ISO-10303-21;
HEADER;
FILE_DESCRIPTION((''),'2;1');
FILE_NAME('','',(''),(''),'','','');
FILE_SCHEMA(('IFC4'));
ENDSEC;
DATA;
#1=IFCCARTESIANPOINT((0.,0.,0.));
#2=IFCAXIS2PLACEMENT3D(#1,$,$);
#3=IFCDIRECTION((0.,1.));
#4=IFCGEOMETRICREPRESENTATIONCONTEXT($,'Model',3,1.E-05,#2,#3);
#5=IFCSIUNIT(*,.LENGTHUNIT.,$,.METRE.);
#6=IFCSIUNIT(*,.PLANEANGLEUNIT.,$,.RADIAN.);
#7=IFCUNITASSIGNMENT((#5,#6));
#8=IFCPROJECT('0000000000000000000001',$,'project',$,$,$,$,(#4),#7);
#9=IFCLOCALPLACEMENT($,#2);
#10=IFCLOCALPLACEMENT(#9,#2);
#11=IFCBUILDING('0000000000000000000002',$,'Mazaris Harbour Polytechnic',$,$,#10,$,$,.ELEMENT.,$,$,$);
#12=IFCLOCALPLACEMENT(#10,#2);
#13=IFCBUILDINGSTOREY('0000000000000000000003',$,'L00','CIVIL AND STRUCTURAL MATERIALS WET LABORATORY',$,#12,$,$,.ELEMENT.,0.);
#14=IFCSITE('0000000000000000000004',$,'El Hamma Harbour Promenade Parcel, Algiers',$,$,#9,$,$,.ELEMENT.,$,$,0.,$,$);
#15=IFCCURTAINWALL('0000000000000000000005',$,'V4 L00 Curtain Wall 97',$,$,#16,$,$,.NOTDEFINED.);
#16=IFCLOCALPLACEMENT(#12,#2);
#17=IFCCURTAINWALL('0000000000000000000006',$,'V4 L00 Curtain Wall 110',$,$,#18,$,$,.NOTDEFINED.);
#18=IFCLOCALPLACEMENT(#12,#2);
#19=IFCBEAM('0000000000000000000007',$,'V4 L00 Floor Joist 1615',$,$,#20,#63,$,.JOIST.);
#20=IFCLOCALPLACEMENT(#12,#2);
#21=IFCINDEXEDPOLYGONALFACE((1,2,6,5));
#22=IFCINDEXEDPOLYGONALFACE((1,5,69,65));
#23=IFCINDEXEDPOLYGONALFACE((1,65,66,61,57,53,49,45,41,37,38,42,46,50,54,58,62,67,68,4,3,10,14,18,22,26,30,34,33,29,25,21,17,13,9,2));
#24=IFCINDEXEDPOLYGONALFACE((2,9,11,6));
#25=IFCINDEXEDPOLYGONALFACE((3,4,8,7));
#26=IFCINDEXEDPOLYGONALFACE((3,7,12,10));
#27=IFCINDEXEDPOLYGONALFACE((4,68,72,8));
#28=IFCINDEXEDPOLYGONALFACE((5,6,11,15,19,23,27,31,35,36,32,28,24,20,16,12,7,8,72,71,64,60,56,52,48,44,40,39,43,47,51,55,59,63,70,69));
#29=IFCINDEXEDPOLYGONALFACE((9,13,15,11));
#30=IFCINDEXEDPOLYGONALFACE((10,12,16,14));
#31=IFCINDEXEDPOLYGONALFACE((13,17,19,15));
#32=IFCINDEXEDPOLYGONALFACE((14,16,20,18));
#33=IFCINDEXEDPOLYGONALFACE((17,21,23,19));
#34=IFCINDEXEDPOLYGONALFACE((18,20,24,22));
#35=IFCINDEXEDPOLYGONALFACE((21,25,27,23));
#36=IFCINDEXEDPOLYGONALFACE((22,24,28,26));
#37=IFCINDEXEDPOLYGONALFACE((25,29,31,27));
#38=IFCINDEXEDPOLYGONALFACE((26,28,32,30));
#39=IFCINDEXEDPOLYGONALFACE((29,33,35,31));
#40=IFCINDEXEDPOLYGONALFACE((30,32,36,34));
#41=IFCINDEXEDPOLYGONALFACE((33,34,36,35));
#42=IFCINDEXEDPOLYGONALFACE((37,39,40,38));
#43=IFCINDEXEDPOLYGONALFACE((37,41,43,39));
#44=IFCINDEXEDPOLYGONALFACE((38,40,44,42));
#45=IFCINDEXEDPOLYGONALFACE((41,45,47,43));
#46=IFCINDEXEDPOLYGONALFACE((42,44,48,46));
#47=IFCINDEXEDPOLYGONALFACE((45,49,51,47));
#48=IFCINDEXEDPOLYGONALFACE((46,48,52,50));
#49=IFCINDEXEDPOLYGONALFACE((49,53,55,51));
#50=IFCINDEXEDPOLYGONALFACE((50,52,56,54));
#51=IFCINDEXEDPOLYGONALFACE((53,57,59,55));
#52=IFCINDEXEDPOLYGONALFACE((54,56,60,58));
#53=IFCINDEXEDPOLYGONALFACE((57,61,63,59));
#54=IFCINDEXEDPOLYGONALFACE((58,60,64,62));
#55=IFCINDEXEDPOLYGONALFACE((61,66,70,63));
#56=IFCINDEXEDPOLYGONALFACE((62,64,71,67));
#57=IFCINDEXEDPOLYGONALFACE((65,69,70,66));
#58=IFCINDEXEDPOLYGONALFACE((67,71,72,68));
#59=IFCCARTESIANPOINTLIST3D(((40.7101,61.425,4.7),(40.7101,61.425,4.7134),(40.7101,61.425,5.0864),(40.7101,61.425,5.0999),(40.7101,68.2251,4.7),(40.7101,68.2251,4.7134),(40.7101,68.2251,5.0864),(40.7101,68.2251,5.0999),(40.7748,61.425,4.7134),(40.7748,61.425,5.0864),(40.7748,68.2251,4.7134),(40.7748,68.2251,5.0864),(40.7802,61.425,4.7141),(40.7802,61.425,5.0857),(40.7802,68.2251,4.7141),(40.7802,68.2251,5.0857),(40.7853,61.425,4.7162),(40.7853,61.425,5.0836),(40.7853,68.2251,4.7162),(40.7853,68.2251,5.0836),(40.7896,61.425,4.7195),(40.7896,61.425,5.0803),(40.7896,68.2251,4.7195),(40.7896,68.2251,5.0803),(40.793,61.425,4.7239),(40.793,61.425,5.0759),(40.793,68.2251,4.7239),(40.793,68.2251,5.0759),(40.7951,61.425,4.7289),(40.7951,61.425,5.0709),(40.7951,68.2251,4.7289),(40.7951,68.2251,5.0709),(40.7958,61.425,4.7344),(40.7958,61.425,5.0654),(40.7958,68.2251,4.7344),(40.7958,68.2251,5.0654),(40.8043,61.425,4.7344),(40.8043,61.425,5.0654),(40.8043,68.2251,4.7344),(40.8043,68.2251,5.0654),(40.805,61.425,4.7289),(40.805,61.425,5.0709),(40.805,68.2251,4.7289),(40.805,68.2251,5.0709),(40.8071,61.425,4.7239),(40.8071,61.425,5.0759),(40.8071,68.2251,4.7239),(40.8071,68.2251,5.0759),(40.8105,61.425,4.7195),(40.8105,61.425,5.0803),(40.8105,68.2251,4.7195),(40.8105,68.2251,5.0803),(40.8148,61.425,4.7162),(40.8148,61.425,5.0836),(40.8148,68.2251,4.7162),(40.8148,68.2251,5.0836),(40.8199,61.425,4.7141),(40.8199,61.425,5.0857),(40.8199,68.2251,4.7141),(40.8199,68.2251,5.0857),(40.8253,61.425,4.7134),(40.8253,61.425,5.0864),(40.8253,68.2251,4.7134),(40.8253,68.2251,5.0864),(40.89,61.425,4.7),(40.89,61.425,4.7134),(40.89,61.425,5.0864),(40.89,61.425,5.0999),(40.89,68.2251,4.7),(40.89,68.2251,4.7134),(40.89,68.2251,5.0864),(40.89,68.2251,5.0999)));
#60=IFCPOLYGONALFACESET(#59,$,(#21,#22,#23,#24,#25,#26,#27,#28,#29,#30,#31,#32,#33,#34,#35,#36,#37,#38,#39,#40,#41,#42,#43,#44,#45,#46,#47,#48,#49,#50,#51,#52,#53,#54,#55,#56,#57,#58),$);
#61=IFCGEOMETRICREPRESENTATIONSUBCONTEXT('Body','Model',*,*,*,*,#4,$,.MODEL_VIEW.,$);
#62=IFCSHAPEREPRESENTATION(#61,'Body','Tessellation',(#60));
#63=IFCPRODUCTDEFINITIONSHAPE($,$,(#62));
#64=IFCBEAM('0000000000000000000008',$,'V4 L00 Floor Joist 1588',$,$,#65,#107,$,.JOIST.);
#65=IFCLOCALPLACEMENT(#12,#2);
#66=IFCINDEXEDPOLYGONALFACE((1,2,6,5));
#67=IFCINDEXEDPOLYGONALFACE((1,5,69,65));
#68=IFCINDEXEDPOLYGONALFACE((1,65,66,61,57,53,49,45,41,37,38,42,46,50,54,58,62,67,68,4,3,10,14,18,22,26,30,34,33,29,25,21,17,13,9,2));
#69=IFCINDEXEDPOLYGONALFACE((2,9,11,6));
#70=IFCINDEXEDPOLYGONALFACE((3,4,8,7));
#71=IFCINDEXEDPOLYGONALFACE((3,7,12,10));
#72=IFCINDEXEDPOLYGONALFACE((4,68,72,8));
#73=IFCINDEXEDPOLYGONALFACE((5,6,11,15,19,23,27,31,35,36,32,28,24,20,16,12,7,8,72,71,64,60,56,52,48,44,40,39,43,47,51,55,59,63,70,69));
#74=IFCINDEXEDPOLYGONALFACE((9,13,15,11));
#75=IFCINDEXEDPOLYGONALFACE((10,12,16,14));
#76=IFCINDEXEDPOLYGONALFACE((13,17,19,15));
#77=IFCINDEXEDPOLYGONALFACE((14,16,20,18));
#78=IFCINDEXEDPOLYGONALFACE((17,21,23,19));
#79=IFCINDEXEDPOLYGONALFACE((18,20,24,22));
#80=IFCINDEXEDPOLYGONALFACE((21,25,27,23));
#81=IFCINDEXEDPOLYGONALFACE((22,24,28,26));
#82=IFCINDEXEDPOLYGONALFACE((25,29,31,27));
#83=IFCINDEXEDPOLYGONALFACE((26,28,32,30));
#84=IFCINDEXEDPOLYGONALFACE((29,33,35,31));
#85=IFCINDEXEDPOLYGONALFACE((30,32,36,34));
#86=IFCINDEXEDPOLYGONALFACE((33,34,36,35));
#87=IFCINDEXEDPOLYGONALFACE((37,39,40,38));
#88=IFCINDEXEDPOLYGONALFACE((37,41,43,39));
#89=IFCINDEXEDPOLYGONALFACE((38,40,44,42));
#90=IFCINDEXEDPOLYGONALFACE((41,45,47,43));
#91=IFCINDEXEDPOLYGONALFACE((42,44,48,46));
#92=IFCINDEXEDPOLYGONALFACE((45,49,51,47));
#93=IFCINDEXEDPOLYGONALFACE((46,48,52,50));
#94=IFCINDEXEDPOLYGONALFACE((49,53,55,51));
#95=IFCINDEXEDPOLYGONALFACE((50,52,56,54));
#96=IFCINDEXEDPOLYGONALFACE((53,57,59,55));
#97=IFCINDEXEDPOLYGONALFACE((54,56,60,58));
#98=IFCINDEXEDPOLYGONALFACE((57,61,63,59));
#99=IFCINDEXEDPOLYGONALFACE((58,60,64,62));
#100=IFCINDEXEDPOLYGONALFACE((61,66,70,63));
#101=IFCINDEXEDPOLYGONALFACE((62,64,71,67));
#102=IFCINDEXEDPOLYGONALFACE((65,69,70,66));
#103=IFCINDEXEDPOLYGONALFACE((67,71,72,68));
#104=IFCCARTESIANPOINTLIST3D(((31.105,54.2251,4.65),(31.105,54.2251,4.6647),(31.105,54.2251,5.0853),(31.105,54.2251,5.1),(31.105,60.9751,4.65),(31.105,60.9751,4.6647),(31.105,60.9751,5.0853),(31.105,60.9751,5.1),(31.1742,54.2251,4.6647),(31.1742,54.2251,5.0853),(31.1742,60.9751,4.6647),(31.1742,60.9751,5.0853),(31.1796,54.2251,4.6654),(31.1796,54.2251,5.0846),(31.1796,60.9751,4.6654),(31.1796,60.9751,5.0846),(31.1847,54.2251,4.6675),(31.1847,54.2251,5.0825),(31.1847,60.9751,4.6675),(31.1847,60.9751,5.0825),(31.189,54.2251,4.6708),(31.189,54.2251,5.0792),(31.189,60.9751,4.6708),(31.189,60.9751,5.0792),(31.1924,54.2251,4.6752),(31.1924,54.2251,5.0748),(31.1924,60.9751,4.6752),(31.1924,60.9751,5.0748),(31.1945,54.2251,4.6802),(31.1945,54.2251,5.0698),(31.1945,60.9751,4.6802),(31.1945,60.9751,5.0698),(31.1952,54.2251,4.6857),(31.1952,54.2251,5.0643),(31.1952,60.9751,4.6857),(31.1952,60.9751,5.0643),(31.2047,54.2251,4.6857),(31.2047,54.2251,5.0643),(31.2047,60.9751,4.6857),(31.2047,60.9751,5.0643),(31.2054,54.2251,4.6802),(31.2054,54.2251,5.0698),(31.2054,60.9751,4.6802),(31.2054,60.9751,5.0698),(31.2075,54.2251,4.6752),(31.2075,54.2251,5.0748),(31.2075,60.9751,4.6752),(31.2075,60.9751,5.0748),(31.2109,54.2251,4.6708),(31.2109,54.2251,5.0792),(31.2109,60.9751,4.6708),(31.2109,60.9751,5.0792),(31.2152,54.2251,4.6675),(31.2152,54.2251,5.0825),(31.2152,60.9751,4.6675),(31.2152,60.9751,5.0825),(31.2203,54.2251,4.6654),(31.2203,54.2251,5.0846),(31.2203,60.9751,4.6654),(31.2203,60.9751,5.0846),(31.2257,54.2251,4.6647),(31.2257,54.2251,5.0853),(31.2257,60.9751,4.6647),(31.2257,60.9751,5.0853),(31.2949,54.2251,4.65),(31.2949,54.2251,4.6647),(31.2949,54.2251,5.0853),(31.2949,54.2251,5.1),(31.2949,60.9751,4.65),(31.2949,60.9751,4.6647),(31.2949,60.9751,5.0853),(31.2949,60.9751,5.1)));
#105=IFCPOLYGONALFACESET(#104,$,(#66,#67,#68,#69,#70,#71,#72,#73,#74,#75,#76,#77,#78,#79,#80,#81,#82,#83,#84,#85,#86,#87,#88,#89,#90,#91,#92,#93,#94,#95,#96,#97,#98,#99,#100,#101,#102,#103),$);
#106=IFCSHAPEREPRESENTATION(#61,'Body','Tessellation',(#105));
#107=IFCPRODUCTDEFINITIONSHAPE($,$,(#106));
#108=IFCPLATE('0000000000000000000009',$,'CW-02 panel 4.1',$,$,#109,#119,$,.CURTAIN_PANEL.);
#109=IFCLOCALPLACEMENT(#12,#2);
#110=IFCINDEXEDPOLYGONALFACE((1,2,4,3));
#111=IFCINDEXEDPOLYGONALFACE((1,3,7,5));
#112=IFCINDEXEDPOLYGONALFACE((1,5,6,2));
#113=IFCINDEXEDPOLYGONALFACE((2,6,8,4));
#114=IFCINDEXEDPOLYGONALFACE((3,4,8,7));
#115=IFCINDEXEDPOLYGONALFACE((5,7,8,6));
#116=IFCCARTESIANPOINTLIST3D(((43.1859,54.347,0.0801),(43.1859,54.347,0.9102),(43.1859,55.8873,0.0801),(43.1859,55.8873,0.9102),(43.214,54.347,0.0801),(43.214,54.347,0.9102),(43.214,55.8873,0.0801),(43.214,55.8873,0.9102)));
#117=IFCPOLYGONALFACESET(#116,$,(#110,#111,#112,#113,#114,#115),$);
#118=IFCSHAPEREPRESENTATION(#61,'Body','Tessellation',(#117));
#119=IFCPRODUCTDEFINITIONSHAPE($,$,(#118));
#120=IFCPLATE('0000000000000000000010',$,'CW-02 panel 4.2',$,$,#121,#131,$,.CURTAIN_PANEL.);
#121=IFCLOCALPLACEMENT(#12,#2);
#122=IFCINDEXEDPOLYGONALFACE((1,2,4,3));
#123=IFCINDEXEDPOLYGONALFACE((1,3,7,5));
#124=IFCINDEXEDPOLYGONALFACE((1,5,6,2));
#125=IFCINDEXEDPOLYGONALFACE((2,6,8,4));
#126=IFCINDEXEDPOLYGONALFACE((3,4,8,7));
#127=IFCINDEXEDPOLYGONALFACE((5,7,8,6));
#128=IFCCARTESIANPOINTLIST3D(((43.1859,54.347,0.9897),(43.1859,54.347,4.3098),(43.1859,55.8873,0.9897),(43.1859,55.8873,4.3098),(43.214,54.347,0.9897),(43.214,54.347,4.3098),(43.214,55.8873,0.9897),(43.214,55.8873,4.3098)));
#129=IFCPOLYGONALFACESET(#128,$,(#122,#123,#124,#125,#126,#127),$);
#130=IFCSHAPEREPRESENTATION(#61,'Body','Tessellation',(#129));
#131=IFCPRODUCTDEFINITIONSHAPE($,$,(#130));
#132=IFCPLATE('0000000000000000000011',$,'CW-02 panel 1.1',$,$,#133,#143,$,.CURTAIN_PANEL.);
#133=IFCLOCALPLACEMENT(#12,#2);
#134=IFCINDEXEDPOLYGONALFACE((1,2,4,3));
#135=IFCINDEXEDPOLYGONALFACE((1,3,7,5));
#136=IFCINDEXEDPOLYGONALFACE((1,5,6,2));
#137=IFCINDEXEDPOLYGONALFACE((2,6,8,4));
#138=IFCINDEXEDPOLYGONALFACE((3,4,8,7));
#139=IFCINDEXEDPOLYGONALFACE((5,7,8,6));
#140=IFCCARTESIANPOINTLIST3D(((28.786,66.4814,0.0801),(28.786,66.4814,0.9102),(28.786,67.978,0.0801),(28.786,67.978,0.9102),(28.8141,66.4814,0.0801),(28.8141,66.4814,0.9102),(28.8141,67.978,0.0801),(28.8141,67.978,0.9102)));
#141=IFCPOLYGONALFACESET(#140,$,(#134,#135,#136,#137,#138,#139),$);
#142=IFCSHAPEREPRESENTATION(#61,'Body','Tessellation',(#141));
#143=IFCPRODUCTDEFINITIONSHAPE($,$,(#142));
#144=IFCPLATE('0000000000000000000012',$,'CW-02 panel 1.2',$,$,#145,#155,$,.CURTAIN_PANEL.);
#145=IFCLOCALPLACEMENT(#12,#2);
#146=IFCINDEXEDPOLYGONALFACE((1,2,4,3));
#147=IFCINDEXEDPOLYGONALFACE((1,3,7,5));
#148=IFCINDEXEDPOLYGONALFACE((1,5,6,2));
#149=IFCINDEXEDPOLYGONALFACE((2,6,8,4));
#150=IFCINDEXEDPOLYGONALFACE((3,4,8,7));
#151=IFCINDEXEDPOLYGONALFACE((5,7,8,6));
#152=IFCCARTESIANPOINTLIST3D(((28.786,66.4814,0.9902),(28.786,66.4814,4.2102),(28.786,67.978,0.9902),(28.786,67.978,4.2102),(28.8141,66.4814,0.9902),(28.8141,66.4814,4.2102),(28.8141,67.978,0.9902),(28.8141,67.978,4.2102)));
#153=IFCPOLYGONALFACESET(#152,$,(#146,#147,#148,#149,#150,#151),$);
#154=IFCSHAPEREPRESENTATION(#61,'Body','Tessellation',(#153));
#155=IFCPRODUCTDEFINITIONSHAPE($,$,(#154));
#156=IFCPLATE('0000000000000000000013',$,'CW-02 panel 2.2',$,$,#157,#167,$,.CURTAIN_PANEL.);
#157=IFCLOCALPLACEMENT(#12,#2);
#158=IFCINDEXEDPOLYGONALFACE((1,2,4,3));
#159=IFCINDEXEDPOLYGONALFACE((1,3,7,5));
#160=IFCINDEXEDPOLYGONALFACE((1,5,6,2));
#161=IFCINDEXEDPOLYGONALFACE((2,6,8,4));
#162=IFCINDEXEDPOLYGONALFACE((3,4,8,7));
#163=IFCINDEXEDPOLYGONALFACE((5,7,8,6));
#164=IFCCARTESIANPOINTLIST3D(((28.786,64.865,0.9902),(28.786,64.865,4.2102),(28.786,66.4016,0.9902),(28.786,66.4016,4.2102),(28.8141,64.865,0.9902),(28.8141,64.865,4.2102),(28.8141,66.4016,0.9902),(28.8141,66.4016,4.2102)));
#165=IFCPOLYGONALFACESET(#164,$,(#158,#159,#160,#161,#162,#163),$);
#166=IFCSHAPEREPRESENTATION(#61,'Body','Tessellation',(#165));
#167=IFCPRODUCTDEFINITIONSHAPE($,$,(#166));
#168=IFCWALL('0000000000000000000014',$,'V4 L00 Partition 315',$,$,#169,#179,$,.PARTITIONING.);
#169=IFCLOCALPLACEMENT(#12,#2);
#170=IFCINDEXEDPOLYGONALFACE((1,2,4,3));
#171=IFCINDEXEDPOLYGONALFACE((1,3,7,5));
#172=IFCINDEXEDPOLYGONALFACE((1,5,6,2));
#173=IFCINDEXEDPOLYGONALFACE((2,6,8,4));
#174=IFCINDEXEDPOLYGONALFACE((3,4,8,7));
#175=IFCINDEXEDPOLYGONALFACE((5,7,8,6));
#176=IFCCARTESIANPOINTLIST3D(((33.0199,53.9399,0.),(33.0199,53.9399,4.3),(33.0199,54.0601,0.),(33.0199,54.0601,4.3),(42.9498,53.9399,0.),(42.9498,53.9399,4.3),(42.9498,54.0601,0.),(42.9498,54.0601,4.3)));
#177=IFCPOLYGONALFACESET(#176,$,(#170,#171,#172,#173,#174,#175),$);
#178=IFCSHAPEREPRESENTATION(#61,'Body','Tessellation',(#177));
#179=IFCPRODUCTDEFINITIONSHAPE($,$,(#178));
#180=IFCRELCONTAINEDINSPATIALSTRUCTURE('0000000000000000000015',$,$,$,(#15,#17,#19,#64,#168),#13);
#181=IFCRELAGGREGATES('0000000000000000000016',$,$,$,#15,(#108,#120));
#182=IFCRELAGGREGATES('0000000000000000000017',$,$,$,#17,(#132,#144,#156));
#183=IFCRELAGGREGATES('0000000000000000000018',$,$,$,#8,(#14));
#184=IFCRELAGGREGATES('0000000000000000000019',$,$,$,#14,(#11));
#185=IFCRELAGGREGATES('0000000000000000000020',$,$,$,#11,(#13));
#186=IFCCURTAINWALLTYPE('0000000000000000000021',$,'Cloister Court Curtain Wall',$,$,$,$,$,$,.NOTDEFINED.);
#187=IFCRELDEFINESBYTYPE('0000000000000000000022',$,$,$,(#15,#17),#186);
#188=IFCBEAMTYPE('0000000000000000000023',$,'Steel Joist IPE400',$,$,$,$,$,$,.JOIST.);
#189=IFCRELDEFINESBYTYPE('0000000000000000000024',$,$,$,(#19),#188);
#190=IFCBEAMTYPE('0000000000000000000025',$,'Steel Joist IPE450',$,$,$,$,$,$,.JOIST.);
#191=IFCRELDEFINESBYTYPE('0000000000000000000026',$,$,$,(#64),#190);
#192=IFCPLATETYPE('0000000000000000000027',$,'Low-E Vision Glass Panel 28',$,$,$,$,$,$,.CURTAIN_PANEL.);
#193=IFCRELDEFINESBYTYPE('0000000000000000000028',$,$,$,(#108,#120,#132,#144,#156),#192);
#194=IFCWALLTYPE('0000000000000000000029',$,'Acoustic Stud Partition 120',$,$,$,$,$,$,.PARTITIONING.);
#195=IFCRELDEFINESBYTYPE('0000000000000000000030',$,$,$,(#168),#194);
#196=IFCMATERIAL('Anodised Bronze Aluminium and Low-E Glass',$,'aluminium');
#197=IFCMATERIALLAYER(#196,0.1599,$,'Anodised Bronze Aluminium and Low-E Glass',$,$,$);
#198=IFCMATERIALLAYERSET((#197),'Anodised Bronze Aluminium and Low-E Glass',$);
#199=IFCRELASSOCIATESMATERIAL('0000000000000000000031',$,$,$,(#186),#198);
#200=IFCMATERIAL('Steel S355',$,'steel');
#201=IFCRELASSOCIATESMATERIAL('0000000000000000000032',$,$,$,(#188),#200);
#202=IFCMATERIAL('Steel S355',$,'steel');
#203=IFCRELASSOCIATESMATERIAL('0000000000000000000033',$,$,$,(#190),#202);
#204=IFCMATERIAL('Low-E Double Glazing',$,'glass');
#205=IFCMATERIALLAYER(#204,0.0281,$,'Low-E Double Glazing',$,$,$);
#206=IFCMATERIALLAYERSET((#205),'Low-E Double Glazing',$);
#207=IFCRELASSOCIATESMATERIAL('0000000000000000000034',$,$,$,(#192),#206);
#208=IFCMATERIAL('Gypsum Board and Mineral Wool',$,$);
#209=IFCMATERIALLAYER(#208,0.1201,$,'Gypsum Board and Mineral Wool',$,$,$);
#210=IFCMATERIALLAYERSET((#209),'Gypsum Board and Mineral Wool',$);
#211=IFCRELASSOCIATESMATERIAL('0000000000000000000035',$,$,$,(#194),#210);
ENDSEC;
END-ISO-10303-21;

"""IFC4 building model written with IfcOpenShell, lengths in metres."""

from ifc_helpers import new_model, si_unit, direction, frame, frame_2d, origin, origin_2d, place, context, subcontext, project, spatial, rectangle, i_section, extrude, material, layer, layer_set, material_profile, profile_set, type_object, element, aggregate, save


model = new_model("IFC4")

# Units and contexts
model_context = context("Model", 3, precision=1e-05, world=origin(), true_north=direction((0.0, 1.0)))
body_context = subcontext(model_context, "Body", "Model", "MODEL_VIEW")
ifc_project = project(units=[si_unit("LENGTHUNIT", "METRE"), si_unit("PLANEANGLEUNIT", "RADIAN")], contexts=[model_context])

# Site, building, storey
site_placement = place(None, origin())
site = spatial("IfcSite", under=ifc_project, at=site_placement, Name="El Hamma Harbour Promenade Parcel, Algiers", CompositionType="ELEMENT", RefElevation=0.0)
building_placement = place(site_placement, origin())
building = spatial("IfcBuilding", under=site, at=building_placement, Name="Mazaris Harbour Polytechnic", CompositionType="ELEMENT")
storey_placement = place(building_placement, origin())
storey = spatial("IfcBuildingStorey", under=building, at=storey_placement, Name="L00", Description="CIVIL AND STRUCTURAL MATERIALS WET LABORATORY", CompositionType="ELEMENT", Elevation=0.0)

# Curtain wall
ifc_material_1 = material(Name="Anodised Bronze Aluminium and Low-E Glass", Category="aluminium")
ifc_layer_1 = layer(ifc_material_1, 0.1599, Name="Anodised Bronze Aluminium and Low-E Glass")
ifc_layer_set_1 = layer_set([ifc_layer_1], Name="Anodised Bronze Aluminium and Low-E Glass")
curtain_wall_type = type_object("IfcCurtainWallType", Name="Cloister Court Curtain Wall", PredefinedType="NOTDEFINED", material=ifc_layer_set_1)
curtain_wall_1_placement = place(storey_placement, origin())
curtain_wall_1 = element("IfcCurtainWall", 1, at=curtain_wall_1_placement, inside=storey, type_object=curtain_wall_type, Name="V4 L00 Curtain Wall 97", PredefinedType="NOTDEFINED")

# Curtain wall
curtain_wall_2_placement = place(storey_placement, origin())
curtain_wall_2 = element("IfcCurtainWall", 2, at=curtain_wall_2_placement, inside=storey, type_object=curtain_wall_type, Name="V4 L00 Curtain Wall 110", PredefinedType="NOTDEFINED")

# Beams
ifc_material_2 = material(Name="Steel S355", Category="steel")
ifc_material_profile_1 = material_profile(ifc_material_2, i_section(OverallWidth=0.1799, OverallDepth=0.3999, WebThickness=0.0085, FlangeThickness=0.0134, FilletRadius=0.021, at=origin_2d()), Name="IPE 400")
ifc_profile_set_1 = profile_set([ifc_material_profile_1], Name="Steel S355")
beam_type_1 = type_object("IfcBeamType", Name="Steel Joist IPE400", PredefinedType="JOIST", material=ifc_profile_set_1)
beam_1_placement = place(storey_placement, frame((40.8, 61.425, 4.8999), z_axis=(0.0, 1.0, 0.0), x_axis=(-1.0, 0.0, 0.0)))
element("IfcBeam", 3, at=beam_1_placement, inside=storey, type_object=beam_type_1, Name="V4 L00 Floor Joist 1615", PredefinedType="JOIST", context=body_context, shape_type="SweptSolid", body=[
    extrude(i_section(OverallWidth=0.1799, OverallDepth=0.3999, WebThickness=0.0085, FlangeThickness=0.0134, FilletRadius=0.021, at=origin_2d()), origin(), (0.0, 0.0, 1.0), 6.8),
])
ifc_material_3 = material(Name="Steel S355", Category="steel")
ifc_material_profile_2 = material_profile(ifc_material_3, i_section(OverallWidth=0.1899, OverallDepth=0.45, WebThickness=0.0095, FlangeThickness=0.0146, FilletRadius=0.021, at=origin_2d()), Name="IPE 450")
ifc_profile_set_2 = profile_set([ifc_material_profile_2], Name="Steel S355")
beam_type_2 = type_object("IfcBeamType", Name="Steel Joist IPE450", PredefinedType="JOIST", material=ifc_profile_set_2)
beam_2_placement = place(storey_placement, frame((31.2, 54.2251, 4.875), z_axis=(0.0, 1.0, 0.0), x_axis=(-1.0, 0.0, 0.0)))
element("IfcBeam", 4, at=beam_2_placement, inside=storey, type_object=beam_type_2, Name="V4 L00 Floor Joist 1588", PredefinedType="JOIST", context=body_context, shape_type="SweptSolid", body=[
    extrude(i_section(OverallWidth=0.1899, OverallDepth=0.45, WebThickness=0.0095, FlangeThickness=0.0146, FilletRadius=0.021, at=origin_2d()), origin(), (0.0, 0.0, 1.0), 6.75),
])

# Plates
ifc_material_4 = material(Name="Low-E Double Glazing", Category="glass")
ifc_layer_2 = layer(ifc_material_4, 0.0281, Name="Low-E Double Glazing")
ifc_layer_set_2 = layer_set([ifc_layer_2], Name="Low-E Double Glazing")
plate_type = type_object("IfcPlateType", Name="Low-E Vision Glass Panel 28", PredefinedType="CURTAIN_PANEL", material=ifc_layer_set_2)
plate_1_placement = place(storey_placement, frame((43.2, 55.1172, 0.0801), z_axis=(0.0, 0.0, 1.0), x_axis=(0.0, -1.0, 0.0)))
plate_1 = element("IfcPlate", 5, at=plate_1_placement, type_object=plate_type, Name="CW-02 panel 4.1", PredefinedType="CURTAIN_PANEL", context=body_context, shape_type="SweptSolid", body=[
    extrude(rectangle(XDim=1.5403, YDim=0.0281, at=origin_2d()), origin(), (0.0, 0.0, 1.0), 0.8301),
])
plate_2_placement = place(storey_placement, frame((43.2, 55.1172, 0.9897), z_axis=(0.0, 0.0, 1.0), x_axis=(0.0, -1.0, 0.0)))
plate_2 = element("IfcPlate", 6, at=plate_2_placement, type_object=plate_type, Name="CW-02 panel 4.2", PredefinedType="CURTAIN_PANEL", context=body_context, shape_type="SweptSolid", body=[
    extrude(rectangle(XDim=1.5403, YDim=0.0281, at=origin_2d()), origin(), (0.0, 0.0, 1.0), 3.3201),
])
aggregate(curtain_wall_1, [plate_1, plate_2])
plate_3_placement = place(storey_placement, frame((28.8, 67.2297, 0.0801), z_axis=(0.0, 0.0, 1.0), x_axis=(0.0, -1.0, 0.0)))
plate_3 = element("IfcPlate", 7, at=plate_3_placement, type_object=plate_type, Name="CW-02 panel 1.1", PredefinedType="CURTAIN_PANEL", context=body_context, shape_type="SweptSolid", body=[
    extrude(rectangle(XDim=1.4966, YDim=0.0281, at=origin_2d()), origin(), (0.0, 0.0, 1.0), 0.8301),
])
plate_4_placement = place(storey_placement, frame((28.8, 67.2297, 0.9902), z_axis=(0.0, 0.0, 1.0), x_axis=(0.0, -1.0, 0.0)))
plate_4 = element("IfcPlate", 8, at=plate_4_placement, type_object=plate_type, Name="CW-02 panel 1.2", PredefinedType="CURTAIN_PANEL", context=body_context, shape_type="SweptSolid", body=[
    extrude(rectangle(XDim=1.4966, YDim=0.0281, at=origin_2d()), origin(), (0.0, 0.0, 1.0), 3.22),
])
plate_5_placement = place(storey_placement, frame((28.8, 65.6333, 0.9902), z_axis=(0.0, 0.0, 1.0), x_axis=(0.0, -1.0, 0.0)))
plate_5 = element("IfcPlate", 9, at=plate_5_placement, type_object=plate_type, Name="CW-02 panel 2.2", PredefinedType="CURTAIN_PANEL", context=body_context, shape_type="SweptSolid", body=[
    extrude(rectangle(XDim=1.5366, YDim=0.0281, at=origin_2d()), origin(), (0.0, 0.0, 1.0), 3.22),
])
aggregate(curtain_wall_2, [plate_3, plate_4, plate_5])

# Wall
ifc_material_5 = material(Name="Gypsum Board and Mineral Wool")
ifc_layer_3 = layer(ifc_material_5, 0.1201, Name="Gypsum Board and Mineral Wool")
ifc_layer_set_3 = layer_set([ifc_layer_3], Name="Gypsum Board and Mineral Wool")
wall_type_1 = type_object("IfcWallType", Name="Acoustic Stud Partition 120", PredefinedType="PARTITIONING", material=ifc_layer_set_3)
wall_1_placement = place(storey_placement, frame((33.02, 54.0, 0.0), z_axis=(0.0, 0.0, 1.0), x_axis=(1.0, 0.0, 0.0)))
element("IfcWall", 10, at=wall_1_placement, inside=storey, type_object=wall_type_1, Name="V4 L00 Partition 315", PredefinedType="PARTITIONING", context=body_context, shape_type="SweptSolid", body=[
    extrude(rectangle(XDim=9.9299, YDim=0.1201, at=frame_2d((4.9648, 0.0))), origin(), (0.0, 0.0, 1.0), 4.3),
])

save(model, "model.ifc")
